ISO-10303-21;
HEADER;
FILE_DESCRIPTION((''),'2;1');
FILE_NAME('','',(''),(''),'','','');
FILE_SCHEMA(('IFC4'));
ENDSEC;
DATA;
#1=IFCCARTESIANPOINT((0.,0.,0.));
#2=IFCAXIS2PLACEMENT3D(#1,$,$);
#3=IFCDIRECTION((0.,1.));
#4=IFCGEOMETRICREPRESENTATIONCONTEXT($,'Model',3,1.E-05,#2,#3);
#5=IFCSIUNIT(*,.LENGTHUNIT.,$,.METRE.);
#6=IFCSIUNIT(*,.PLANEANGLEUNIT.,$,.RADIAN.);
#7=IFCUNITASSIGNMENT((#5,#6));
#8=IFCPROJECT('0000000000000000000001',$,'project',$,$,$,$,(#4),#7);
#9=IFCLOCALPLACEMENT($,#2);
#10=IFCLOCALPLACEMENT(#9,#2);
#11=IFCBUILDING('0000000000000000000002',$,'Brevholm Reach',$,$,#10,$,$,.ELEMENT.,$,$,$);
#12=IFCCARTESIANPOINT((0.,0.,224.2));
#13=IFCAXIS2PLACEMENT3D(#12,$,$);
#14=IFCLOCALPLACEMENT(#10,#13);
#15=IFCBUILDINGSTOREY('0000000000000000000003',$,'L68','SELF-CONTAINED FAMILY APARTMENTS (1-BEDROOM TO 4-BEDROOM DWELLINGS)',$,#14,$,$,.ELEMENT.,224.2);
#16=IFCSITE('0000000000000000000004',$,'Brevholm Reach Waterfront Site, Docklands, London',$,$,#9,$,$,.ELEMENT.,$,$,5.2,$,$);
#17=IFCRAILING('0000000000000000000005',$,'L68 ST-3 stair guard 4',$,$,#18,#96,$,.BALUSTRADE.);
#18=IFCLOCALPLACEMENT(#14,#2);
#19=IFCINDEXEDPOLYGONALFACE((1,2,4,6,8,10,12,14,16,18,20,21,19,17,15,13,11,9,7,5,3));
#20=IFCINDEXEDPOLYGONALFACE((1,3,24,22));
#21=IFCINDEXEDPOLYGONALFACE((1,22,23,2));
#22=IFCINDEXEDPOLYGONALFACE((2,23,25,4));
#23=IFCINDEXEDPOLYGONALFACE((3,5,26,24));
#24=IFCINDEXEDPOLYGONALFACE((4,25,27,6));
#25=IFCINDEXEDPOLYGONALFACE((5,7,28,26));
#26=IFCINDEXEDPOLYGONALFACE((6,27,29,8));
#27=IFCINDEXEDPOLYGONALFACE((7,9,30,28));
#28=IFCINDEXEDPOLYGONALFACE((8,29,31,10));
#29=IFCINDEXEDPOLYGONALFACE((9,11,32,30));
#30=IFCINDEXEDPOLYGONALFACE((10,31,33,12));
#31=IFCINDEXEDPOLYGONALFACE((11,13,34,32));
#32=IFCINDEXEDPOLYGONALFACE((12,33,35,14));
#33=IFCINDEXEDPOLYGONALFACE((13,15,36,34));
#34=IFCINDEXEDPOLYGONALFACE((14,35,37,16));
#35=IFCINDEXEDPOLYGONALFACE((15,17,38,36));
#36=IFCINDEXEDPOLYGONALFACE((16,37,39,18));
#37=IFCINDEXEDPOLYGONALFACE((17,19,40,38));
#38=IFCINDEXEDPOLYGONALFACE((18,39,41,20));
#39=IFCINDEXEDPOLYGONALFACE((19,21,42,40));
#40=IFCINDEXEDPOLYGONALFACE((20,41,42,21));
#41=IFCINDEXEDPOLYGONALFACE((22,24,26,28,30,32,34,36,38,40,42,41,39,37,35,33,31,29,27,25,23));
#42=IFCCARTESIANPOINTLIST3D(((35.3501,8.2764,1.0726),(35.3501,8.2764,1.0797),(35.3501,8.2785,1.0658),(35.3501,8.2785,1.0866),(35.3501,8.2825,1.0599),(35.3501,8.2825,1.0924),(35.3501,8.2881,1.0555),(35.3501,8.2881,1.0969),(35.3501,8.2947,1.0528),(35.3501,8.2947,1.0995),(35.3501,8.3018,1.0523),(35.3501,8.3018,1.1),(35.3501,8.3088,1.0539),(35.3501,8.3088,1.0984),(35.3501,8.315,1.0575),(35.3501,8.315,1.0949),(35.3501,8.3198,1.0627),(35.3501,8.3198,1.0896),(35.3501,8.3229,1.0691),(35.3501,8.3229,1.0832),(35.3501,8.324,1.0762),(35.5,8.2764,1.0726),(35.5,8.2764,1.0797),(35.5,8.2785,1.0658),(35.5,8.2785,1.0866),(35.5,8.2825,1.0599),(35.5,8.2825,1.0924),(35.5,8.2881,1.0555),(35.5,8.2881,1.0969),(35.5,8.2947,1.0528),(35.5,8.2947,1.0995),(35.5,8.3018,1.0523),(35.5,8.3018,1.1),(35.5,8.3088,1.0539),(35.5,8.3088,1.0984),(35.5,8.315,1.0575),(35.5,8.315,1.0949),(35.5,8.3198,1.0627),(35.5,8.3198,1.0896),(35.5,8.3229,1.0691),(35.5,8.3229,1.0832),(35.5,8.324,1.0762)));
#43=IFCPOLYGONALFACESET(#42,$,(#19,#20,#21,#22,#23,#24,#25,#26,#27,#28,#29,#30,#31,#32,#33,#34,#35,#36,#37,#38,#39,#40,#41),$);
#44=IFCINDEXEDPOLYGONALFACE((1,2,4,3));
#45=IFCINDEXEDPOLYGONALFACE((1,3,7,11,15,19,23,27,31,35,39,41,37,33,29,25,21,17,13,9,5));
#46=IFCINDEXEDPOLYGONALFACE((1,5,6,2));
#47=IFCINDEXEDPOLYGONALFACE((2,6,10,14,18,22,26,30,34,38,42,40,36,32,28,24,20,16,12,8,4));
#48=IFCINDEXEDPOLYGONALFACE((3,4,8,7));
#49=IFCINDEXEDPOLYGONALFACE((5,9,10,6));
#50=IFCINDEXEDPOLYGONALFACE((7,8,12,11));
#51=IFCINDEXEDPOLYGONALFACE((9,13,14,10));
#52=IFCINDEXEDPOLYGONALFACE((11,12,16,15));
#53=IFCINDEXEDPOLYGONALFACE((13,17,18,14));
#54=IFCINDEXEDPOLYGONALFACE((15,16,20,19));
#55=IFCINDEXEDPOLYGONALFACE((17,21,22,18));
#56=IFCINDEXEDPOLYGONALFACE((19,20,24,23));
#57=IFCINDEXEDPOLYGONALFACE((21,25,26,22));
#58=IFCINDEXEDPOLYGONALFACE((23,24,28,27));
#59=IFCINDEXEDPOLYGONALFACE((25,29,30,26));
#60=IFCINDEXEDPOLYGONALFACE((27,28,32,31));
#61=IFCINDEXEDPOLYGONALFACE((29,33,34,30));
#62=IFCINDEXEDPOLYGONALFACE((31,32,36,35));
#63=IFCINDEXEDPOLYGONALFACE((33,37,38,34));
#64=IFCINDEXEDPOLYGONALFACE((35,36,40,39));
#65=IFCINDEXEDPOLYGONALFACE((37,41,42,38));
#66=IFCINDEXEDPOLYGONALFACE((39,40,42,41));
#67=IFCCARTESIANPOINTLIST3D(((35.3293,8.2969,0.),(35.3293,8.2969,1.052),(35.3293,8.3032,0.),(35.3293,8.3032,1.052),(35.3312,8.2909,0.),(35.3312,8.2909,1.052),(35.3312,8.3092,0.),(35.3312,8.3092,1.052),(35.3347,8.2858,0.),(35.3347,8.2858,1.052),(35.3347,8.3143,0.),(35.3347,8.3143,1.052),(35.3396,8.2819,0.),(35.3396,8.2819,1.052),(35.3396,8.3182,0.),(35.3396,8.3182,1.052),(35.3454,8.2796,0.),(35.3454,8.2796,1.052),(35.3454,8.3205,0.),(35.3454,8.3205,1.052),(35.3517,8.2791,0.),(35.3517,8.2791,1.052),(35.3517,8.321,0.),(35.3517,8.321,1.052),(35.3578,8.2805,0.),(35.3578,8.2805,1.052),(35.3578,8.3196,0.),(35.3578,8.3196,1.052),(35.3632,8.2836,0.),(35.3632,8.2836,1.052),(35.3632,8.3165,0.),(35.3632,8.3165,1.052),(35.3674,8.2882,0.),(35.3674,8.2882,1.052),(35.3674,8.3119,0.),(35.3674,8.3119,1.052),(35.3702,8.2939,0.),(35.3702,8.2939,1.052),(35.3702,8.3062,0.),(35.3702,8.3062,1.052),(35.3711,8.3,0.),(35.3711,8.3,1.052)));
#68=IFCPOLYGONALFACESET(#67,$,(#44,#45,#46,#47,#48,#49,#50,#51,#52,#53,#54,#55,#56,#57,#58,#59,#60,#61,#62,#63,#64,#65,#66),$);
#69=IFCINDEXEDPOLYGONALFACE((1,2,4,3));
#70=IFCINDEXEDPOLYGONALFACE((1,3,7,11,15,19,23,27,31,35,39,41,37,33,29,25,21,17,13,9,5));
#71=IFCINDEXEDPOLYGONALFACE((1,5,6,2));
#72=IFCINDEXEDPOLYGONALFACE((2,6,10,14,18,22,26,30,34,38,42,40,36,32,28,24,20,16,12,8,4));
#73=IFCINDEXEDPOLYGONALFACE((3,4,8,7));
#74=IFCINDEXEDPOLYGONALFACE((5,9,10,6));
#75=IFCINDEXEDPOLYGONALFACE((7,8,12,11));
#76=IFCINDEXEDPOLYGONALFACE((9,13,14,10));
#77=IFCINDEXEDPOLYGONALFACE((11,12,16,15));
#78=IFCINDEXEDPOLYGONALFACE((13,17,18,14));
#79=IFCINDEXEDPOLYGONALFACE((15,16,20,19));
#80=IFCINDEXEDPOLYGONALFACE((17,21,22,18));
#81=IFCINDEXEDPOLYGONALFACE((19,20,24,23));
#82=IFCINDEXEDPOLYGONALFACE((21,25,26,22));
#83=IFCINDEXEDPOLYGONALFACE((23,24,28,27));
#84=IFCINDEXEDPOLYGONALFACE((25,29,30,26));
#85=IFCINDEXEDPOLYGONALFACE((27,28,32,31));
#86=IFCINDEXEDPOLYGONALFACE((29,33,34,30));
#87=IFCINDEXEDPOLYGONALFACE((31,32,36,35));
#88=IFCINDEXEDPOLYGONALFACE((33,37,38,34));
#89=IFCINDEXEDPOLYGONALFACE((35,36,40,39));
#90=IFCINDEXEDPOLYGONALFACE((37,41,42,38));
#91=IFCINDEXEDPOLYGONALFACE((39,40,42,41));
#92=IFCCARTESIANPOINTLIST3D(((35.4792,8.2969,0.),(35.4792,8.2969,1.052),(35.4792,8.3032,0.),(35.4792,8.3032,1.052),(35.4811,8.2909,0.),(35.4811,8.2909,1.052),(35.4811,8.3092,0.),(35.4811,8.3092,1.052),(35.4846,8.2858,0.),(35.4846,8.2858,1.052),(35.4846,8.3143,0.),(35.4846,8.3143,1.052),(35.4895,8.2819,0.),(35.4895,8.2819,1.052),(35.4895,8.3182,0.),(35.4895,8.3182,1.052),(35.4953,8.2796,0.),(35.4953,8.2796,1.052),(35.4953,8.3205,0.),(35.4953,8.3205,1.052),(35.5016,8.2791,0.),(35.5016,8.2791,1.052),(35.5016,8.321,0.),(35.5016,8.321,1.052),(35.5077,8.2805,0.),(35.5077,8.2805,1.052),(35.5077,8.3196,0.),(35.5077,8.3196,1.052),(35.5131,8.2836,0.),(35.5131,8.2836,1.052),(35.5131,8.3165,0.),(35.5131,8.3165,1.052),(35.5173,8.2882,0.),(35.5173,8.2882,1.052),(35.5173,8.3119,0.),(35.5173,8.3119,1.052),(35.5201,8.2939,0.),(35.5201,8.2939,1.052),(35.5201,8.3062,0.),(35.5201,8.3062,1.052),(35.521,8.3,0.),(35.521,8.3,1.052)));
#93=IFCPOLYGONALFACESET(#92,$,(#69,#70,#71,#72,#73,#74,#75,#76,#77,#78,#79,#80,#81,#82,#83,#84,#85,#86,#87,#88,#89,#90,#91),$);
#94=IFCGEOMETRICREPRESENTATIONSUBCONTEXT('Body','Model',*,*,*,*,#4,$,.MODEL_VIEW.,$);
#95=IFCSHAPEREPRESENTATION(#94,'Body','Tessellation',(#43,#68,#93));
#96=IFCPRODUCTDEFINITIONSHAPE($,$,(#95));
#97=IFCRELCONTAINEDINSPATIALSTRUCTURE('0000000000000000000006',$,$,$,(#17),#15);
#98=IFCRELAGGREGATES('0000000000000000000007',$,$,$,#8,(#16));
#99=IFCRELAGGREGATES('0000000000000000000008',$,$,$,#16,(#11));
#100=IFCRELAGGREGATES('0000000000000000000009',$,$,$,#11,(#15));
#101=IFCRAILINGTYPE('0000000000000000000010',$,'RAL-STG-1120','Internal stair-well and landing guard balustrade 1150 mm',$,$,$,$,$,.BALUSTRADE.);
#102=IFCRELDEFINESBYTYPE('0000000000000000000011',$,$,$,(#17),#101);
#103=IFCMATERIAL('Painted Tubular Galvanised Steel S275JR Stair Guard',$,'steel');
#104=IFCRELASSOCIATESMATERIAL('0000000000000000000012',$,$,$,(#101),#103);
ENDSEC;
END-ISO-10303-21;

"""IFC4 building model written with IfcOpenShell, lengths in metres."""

from ifc_helpers import new_model, si_unit, direction, frame, origin, origin_2d, place, context, subcontext, project, spatial, circle, extrude, material, type_object, element, save


model = new_model("IFC4")

# Units and contexts
model_context = context("Model", 3, precision=1e-05, world=origin(), true_north=direction((0.0, 1.0)))
body_context = subcontext(model_context, "Body", "Model", "MODEL_VIEW")
ifc_project = project(units=[si_unit("LENGTHUNIT", "METRE"), si_unit("PLANEANGLEUNIT", "RADIAN")], contexts=[model_context])

# Site, building, storey
site_placement = place(None, origin())
site = spatial("IfcSite", under=ifc_project, at=site_placement, Name="Brevholm Reach Waterfront Site, Docklands, London", CompositionType="ELEMENT", RefElevation=5.2)
building_placement = place(site_placement, origin())
building = spatial("IfcBuilding", under=site, at=building_placement, Name="Brevholm Reach", CompositionType="ELEMENT")
storey_placement = place(building_placement, frame((0.0, 0.0, 224.2)))
storey = spatial("IfcBuildingStorey", under=building, at=storey_placement, Name="L68", Description="SELF-CONTAINED FAMILY APARTMENTS (1-BEDROOM TO 4-BEDROOM DWELLINGS)", CompositionType="ELEMENT", Elevation=224.2)

# Railing
ifc_material_1 = material(Name="Painted Tubular Galvanised Steel S275JR Stair Guard", Category="steel")
railing_type_1 = type_object("IfcRailingType", Name="RAL-STG-1120", Description="Internal stair-well and landing guard balustrade 1150 mm", PredefinedType="BALUSTRADE", material=ifc_material_1)
railing_1_placement = place(storey_placement, frame((35.3501, 8.3, 0.0)))
element("IfcRailing", 1, at=railing_1_placement, inside=storey, type_object=railing_type_1, Name="L68 ST-3 stair guard 4", PredefinedType="BALUSTRADE", context=body_context, shape_type="SweptSolid", body=[
    extrude(circle(Radius=0.0239, at=origin_2d()), frame((0.0, 0.0, 1.0762), z_axis=(1.0, 0.0, 0.0), x_axis=(0.0, 1.0, 0.0)), (0.0, 0.0, 1.0), 0.1499),
    extrude(circle(Radius=0.021, at=origin_2d()), origin(), (0.0, 0.0, 1.0), 1.052),
    extrude(circle(Radius=0.021, at=origin_2d()), frame((0.1499, 0.0, 0.0)), (0.0, 0.0, 1.0), 1.052),
])

save(model, "model.ifc")
